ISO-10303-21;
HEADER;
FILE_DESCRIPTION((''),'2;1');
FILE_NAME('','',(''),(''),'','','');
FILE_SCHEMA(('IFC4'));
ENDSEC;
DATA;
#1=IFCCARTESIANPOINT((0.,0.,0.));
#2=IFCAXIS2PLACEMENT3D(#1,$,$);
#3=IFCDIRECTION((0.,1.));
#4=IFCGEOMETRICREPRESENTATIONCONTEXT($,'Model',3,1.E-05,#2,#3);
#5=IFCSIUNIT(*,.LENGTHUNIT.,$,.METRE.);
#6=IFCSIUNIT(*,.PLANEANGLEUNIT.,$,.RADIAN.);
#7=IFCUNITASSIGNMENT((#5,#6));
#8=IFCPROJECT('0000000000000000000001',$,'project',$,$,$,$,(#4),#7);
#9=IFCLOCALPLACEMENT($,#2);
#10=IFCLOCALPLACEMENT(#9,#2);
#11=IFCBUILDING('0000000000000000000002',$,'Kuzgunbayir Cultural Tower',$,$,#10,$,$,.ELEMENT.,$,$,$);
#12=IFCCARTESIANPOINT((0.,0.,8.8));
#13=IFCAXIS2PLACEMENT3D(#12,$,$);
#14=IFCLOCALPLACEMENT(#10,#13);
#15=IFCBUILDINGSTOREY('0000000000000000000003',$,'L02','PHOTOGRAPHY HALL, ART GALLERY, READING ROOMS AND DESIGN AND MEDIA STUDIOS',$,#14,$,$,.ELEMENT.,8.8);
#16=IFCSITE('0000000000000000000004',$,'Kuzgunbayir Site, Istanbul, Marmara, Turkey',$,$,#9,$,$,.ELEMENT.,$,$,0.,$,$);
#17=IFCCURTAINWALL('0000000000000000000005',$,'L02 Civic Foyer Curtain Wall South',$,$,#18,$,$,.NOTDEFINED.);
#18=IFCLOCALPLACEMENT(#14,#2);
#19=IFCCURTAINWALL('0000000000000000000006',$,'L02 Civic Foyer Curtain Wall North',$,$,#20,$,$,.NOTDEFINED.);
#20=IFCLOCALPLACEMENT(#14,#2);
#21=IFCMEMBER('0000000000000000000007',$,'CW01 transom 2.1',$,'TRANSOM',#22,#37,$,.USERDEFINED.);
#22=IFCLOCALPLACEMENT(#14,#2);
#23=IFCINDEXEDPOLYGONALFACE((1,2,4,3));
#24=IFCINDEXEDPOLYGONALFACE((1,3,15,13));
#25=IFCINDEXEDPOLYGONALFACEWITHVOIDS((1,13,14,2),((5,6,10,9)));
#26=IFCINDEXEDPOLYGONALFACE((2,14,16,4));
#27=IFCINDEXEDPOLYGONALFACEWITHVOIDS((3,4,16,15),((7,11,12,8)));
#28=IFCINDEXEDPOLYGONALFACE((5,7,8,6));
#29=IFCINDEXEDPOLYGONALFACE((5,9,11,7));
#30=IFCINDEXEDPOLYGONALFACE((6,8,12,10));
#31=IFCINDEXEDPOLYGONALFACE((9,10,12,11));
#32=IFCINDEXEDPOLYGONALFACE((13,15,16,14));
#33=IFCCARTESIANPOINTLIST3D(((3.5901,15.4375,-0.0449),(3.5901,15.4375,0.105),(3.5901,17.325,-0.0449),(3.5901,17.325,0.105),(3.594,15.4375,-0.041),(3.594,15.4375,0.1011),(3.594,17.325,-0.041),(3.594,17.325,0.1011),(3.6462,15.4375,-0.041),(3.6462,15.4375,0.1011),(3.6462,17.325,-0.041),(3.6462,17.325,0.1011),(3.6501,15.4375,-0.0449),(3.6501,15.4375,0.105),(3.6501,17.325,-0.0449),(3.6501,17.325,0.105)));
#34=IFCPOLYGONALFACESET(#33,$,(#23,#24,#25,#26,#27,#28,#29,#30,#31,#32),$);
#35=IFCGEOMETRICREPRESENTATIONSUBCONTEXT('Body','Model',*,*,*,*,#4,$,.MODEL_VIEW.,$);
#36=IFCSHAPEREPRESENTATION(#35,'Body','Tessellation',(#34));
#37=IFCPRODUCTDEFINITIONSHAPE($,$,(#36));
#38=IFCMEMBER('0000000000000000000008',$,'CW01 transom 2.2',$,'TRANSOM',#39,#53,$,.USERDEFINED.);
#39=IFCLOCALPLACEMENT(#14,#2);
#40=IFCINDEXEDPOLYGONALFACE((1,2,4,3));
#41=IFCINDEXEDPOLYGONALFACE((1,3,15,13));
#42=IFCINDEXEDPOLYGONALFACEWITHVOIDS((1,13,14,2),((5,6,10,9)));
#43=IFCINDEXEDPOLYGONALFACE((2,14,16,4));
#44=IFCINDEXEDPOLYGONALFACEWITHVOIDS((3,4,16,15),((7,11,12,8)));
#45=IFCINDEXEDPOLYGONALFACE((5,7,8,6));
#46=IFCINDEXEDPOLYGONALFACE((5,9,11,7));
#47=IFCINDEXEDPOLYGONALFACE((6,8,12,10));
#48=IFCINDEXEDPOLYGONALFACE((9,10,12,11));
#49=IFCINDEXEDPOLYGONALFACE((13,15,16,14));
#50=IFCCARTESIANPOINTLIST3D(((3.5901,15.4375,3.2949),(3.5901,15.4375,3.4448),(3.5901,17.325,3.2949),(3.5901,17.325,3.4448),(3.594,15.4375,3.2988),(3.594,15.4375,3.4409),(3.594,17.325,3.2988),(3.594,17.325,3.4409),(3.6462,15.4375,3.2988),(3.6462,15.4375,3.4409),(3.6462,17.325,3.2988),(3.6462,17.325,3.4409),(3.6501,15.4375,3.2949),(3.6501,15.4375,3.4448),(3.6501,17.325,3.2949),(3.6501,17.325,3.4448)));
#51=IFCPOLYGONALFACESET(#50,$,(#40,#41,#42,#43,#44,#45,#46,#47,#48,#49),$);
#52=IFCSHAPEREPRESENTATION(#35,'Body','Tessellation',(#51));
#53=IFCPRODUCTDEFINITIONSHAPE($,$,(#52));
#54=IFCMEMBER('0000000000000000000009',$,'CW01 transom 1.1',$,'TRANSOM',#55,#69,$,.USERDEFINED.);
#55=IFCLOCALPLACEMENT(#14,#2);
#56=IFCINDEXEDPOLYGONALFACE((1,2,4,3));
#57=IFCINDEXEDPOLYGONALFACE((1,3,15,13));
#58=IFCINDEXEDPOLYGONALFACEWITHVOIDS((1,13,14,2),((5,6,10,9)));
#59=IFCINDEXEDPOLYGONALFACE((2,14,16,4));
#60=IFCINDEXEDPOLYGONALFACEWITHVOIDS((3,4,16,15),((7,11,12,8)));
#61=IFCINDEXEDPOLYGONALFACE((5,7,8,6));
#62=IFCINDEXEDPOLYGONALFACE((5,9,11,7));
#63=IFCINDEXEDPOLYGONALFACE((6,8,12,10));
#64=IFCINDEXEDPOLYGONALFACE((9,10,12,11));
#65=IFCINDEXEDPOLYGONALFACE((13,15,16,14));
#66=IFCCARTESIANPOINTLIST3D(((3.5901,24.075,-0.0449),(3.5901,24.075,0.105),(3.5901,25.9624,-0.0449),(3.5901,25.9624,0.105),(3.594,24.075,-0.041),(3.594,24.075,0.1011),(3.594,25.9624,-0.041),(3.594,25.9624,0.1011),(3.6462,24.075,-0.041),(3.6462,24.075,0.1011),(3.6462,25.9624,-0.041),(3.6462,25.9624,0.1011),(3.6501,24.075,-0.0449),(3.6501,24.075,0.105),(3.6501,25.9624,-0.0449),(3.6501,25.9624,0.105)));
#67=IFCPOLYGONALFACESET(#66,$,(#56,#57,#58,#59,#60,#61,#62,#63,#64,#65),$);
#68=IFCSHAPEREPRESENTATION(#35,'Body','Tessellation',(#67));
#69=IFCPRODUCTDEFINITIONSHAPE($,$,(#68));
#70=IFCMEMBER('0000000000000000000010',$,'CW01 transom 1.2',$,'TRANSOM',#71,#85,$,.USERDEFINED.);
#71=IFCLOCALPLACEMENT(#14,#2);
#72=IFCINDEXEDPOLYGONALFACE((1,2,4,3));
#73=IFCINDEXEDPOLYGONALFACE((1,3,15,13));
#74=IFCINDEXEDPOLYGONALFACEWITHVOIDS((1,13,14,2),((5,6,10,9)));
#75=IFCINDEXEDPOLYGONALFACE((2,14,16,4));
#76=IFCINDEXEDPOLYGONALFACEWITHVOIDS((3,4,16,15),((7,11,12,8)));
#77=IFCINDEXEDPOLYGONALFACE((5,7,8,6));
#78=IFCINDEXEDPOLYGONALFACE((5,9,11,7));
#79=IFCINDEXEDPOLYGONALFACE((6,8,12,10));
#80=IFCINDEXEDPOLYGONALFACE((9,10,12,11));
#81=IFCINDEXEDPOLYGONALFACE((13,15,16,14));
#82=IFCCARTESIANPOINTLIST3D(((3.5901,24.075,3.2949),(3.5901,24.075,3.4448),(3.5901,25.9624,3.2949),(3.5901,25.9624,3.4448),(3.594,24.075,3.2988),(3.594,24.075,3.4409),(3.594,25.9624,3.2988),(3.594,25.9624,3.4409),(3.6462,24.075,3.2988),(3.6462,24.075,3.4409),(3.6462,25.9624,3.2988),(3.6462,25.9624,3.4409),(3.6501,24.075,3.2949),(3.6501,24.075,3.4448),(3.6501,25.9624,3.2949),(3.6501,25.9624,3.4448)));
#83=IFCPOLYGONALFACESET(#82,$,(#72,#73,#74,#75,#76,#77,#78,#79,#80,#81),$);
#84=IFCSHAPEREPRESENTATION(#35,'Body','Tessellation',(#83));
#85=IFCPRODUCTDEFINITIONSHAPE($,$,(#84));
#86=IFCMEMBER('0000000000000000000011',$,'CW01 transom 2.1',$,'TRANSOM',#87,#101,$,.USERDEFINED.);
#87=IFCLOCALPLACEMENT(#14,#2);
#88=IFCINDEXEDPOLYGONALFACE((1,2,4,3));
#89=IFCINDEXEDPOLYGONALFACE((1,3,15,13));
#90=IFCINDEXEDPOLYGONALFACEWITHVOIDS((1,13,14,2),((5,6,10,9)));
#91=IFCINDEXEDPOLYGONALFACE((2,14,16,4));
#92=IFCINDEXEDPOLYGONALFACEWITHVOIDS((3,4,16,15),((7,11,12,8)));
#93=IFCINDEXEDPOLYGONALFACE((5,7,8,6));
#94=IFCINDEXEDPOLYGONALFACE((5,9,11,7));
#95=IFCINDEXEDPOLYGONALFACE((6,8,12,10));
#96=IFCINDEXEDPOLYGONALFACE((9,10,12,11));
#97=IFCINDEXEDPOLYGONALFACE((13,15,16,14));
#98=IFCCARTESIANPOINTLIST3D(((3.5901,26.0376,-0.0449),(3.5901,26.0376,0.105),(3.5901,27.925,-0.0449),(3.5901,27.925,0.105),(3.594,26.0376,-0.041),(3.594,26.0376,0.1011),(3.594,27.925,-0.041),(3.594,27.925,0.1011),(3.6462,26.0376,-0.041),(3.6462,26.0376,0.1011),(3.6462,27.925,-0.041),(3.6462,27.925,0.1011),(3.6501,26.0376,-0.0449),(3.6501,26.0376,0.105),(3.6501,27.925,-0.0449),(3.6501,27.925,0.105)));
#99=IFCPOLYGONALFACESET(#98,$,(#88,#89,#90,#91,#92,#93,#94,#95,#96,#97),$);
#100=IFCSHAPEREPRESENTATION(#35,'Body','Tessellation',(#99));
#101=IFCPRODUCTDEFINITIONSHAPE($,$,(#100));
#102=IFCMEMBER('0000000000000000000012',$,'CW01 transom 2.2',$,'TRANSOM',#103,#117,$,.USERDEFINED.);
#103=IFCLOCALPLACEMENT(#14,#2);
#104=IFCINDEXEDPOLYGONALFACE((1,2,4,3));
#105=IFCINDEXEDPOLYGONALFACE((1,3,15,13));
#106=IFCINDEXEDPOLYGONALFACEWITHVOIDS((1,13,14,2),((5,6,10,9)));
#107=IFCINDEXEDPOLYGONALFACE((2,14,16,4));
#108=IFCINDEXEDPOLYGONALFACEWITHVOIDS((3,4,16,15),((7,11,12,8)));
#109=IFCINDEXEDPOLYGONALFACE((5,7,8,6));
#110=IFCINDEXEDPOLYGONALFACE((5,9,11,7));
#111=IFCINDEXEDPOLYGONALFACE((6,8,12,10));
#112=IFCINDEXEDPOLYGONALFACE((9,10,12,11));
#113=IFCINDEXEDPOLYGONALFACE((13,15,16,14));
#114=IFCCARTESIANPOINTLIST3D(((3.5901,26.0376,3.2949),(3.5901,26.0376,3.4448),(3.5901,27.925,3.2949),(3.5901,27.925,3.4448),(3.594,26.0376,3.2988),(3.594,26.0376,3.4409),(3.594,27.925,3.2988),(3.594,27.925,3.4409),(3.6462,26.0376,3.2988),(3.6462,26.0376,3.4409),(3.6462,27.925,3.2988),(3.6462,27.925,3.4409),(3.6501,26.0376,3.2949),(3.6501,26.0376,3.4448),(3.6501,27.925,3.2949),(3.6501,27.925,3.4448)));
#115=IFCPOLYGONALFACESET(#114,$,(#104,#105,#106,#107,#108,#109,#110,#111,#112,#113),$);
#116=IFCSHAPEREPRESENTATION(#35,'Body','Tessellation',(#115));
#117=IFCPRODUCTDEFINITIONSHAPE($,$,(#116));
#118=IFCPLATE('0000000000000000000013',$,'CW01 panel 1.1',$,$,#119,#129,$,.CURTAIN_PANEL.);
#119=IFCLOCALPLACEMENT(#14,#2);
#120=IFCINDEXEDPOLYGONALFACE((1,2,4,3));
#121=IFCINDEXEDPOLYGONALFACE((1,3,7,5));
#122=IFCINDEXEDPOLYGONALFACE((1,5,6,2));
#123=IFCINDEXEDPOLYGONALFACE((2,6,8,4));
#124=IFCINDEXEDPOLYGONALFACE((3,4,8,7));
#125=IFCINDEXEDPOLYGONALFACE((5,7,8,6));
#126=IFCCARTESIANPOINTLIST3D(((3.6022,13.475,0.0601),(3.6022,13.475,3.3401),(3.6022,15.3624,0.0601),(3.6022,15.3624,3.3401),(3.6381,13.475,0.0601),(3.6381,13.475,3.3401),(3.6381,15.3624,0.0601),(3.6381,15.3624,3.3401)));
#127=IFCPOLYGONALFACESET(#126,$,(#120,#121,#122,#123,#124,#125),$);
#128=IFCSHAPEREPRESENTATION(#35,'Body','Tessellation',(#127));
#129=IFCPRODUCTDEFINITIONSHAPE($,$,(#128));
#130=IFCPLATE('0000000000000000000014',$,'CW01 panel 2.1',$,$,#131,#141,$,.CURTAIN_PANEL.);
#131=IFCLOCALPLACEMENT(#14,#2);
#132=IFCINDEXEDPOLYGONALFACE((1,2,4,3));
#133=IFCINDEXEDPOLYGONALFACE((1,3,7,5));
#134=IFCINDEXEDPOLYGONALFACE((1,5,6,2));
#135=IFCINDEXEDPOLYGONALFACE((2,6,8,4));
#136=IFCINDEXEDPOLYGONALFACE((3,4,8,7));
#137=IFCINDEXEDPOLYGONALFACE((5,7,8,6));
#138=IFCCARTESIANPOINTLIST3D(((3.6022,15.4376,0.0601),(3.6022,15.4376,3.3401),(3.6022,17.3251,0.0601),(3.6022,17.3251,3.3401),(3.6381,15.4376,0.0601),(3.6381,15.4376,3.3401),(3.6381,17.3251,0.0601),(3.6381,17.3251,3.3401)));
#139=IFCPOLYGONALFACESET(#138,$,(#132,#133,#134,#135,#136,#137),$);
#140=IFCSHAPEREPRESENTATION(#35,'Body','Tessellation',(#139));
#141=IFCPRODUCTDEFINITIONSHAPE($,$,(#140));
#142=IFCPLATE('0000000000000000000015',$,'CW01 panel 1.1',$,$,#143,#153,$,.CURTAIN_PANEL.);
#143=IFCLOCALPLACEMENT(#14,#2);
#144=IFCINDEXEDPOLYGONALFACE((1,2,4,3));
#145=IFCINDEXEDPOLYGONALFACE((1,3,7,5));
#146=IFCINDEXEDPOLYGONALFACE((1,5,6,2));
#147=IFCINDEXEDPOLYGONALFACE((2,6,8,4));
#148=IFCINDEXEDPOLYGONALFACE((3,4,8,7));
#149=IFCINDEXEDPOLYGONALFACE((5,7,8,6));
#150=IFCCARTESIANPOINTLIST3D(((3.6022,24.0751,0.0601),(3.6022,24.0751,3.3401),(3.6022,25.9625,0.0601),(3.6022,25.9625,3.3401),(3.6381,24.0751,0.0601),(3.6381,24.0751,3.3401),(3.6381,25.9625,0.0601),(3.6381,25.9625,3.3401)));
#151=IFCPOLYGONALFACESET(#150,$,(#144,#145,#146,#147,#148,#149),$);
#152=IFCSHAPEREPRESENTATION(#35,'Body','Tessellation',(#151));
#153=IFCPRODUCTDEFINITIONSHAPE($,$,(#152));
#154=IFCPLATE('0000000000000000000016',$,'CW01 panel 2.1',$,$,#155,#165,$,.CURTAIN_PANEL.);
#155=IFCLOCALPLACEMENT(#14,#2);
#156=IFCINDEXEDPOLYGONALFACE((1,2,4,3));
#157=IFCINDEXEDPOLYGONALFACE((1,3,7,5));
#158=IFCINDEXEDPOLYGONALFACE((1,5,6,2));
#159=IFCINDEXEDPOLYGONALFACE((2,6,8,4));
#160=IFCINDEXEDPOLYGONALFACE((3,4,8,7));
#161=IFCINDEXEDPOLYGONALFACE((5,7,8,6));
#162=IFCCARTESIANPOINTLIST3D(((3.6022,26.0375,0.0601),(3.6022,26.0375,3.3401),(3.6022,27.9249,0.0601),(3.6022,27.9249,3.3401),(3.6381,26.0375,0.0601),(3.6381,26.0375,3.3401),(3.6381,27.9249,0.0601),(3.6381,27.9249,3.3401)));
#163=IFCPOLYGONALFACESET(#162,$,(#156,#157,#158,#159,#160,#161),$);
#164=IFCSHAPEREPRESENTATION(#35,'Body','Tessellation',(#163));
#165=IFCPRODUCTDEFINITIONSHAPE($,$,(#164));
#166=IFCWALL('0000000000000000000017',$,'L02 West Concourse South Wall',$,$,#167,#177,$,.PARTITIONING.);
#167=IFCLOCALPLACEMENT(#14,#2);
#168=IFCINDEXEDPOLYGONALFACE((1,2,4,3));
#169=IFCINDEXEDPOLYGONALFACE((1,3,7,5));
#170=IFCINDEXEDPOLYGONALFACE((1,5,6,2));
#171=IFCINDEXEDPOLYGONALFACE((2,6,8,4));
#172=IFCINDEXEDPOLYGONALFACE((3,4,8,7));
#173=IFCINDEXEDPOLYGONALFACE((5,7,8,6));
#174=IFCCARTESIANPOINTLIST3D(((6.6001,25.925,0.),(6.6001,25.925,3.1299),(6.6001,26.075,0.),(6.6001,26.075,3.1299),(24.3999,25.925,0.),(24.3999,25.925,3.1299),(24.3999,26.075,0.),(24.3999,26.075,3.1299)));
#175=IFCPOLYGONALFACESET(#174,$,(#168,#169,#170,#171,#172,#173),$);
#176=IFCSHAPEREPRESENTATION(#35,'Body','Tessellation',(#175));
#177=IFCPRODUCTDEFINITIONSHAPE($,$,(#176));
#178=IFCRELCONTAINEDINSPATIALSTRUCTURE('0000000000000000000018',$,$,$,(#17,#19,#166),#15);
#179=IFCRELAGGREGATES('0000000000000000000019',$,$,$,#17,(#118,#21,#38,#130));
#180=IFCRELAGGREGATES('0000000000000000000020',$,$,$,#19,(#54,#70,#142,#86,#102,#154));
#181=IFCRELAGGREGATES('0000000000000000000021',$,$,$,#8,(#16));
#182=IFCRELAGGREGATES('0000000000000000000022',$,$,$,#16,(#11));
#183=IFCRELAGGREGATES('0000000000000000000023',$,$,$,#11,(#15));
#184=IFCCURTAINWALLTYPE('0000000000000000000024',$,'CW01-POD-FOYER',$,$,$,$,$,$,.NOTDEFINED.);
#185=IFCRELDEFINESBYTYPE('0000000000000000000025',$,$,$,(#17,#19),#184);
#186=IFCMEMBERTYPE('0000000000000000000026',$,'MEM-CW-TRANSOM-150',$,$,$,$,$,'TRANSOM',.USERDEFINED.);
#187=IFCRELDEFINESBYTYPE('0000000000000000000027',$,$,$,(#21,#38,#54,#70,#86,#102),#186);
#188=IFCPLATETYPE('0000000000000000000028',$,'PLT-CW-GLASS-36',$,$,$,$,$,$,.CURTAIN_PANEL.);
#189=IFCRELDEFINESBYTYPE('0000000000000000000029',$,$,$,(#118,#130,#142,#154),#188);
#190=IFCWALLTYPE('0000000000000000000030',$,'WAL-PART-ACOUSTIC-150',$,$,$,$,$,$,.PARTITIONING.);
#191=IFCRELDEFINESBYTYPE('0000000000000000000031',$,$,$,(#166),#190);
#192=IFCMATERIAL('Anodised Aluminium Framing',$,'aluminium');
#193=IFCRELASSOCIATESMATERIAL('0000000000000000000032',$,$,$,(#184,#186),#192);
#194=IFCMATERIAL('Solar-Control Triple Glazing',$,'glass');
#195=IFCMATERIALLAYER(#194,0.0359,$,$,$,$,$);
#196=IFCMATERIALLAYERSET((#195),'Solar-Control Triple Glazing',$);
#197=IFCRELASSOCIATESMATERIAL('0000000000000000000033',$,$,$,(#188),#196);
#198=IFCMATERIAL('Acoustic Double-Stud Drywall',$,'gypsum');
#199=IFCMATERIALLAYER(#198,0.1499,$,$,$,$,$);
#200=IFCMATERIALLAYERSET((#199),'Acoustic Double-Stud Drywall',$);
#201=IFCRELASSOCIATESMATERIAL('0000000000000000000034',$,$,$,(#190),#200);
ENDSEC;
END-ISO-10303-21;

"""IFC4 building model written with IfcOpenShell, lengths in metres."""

from ifc_helpers import new_model, si_unit, direction, frame, frame_2d, origin, origin_2d, place, context, subcontext, project, spatial, rectangle, hollow_rectangle, extrude, material, layer, layer_set, material_profile, profile_set, type_object, element, aggregate, save


model = new_model("IFC4")

# Units and contexts
model_context = context("Model", 3, precision=1e-05, world=origin(), true_north=direction((0.0, 1.0)))
body_context = subcontext(model_context, "Body", "Model", "MODEL_VIEW")
ifc_project = project(units=[si_unit("LENGTHUNIT", "METRE"), si_unit("PLANEANGLEUNIT", "RADIAN")], contexts=[model_context])

# Site, building, storey
site_placement = place(None, origin())
site = spatial("IfcSite", under=ifc_project, at=site_placement, Name="Kuzgunbayir Site, Istanbul, Marmara, Turkey", CompositionType="ELEMENT", RefElevation=0.0)
building_placement = place(site_placement, origin())
building = spatial("IfcBuilding", under=site, at=building_placement, Name="Kuzgunbayir Cultural Tower", CompositionType="ELEMENT")
storey_placement = place(building_placement, frame((0.0, 0.0, 8.8)))
storey = spatial("IfcBuildingStorey", under=building, at=storey_placement, Name="L02", Description="PHOTOGRAPHY HALL, ART GALLERY, READING ROOMS AND DESIGN AND MEDIA STUDIOS", CompositionType="ELEMENT", Elevation=8.8)

# Curtain walls
ifc_material_1 = material(Name="Anodised Aluminium Framing", Category="aluminium")
curtain_wall_type = type_object("IfcCurtainWallType", Name="CW01-POD-FOYER", PredefinedType="NOTDEFINED", material=ifc_material_1)
curtain_wall_1_placement = place(storey_placement, origin())
curtain_wall_1 = element("IfcCurtainWall", 1, at=curtain_wall_1_placement, inside=storey, type_object=curtain_wall_type, Name="L02 Civic Foyer Curtain Wall South", PredefinedType="NOTDEFINED")
curtain_wall_2_placement = place(storey_placement, origin())
curtain_wall_2 = element("IfcCurtainWall", 2, at=curtain_wall_2_placement, inside=storey, type_object=curtain_wall_type, Name="L02 Civic Foyer Curtain Wall North", PredefinedType="NOTDEFINED")

# Members
ifc_material_profile_1 = material_profile(ifc_material_1, hollow_rectangle(XDim=0.0601, YDim=0.1499, WallThickness=0.0039, at=origin_2d()), Name="RHS 150x60x4")
ifc_profile_set_1 = profile_set([ifc_material_profile_1], Name="Anodised Aluminium Framing")
member_type_1 = type_object("IfcMemberType", Name="MEM-CW-TRANSOM-150", ElementType="TRANSOM", PredefinedType="USERDEFINED", material=ifc_profile_set_1)
member_1_placement = place(storey_placement, frame((3.6201, 15.4375, 0.03), z_axis=(0.0, 1.0, 0.0), x_axis=(-1.0, 0.0, 0.0)))
member_1 = element("IfcMember", 3, at=member_1_placement, type_object=member_type_1, Name="CW01 transom 2.1", ObjectType="TRANSOM", PredefinedType="USERDEFINED", context=body_context, shape_type="SweptSolid", body=[
    extrude(hollow_rectangle(XDim=0.0601, YDim=0.1499, WallThickness=0.0039, at=origin_2d()), origin(), (0.0, 0.0, 1.0), 1.8875),
])
member_2_placement = place(storey_placement, frame((3.6201, 15.4375, 3.3699), z_axis=(0.0, 1.0, 0.0), x_axis=(-1.0, 0.0, 0.0)))
member_2 = element("IfcMember", 4, at=member_2_placement, type_object=member_type_1, Name="CW01 transom 2.2", ObjectType="TRANSOM", PredefinedType="USERDEFINED", context=body_context, shape_type="SweptSolid", body=[
    extrude(hollow_rectangle(XDim=0.0601, YDim=0.1499, WallThickness=0.0039, at=origin_2d()), origin(), (0.0, 0.0, 1.0), 1.8875),
])
member_3_placement = place(storey_placement, frame((3.6201, 24.075, 0.03), z_axis=(0.0, 1.0, 0.0), x_axis=(-1.0, 0.0, 0.0)))
member_3 = element("IfcMember", 5, at=member_3_placement, type_object=member_type_1, Name="CW01 transom 1.1", ObjectType="TRANSOM", PredefinedType="USERDEFINED", context=body_context, shape_type="SweptSolid", body=[
    extrude(hollow_rectangle(XDim=0.0601, YDim=0.1499, WallThickness=0.0039, at=origin_2d()), origin(), (0.0, 0.0, 1.0), 1.8875),
])
member_4_placement = place(storey_placement, frame((3.6201, 24.075, 3.3699), z_axis=(0.0, 1.0, 0.0), x_axis=(-1.0, 0.0, 0.0)))
member_4 = element("IfcMember", 6, at=member_4_placement, type_object=member_type_1, Name="CW01 transom 1.2", ObjectType="TRANSOM", PredefinedType="USERDEFINED", context=body_context, shape_type="SweptSolid", body=[
    extrude(hollow_rectangle(XDim=0.0601, YDim=0.1499, WallThickness=0.0039, at=origin_2d()), origin(), (0.0, 0.0, 1.0), 1.8875),
])
member_5_placement = place(storey_placement, frame((3.6201, 26.0376, 0.03), z_axis=(0.0, 1.0, 0.0), x_axis=(-1.0, 0.0, 0.0)))
member_5 = element("IfcMember", 7, at=member_5_placement, type_object=member_type_1, Name="CW01 transom 2.1", ObjectType="TRANSOM", PredefinedType="USERDEFINED", context=body_context, shape_type="SweptSolid", body=[
    extrude(hollow_rectangle(XDim=0.0601, YDim=0.1499, WallThickness=0.0039, at=origin_2d()), origin(), (0.0, 0.0, 1.0), 1.8875),
])
member_6_placement = place(storey_placement, frame((3.6201, 26.0376, 3.3699), z_axis=(0.0, 1.0, 0.0), x_axis=(-1.0, 0.0, 0.0)))
member_6 = element("IfcMember", 8, at=member_6_placement, type_object=member_type_1, Name="CW01 transom 2.2", ObjectType="TRANSOM", PredefinedType="USERDEFINED", context=body_context, shape_type="SweptSolid", body=[
    extrude(hollow_rectangle(XDim=0.0601, YDim=0.1499, WallThickness=0.0039, at=origin_2d()), origin(), (0.0, 0.0, 1.0), 1.8875),
])

# Plates
ifc_material_2 = material(Name="Solar-Control Triple Glazing", Category="glass")
ifc_layer_1 = layer(ifc_material_2, 0.0359)
ifc_layer_set_1 = layer_set([ifc_layer_1], Name="Solar-Control Triple Glazing")
plate_type = type_object("IfcPlateType", Name="PLT-CW-GLASS-36", PredefinedType="CURTAIN_PANEL", material=ifc_layer_set_1)
plate_1_placement = place(storey_placement, frame((3.6201, 14.4187, 0.0601), z_axis=(0.0, 0.0, 1.0), x_axis=(0.0, 1.0, 0.0)))
plate_1 = element("IfcPlate", 9, at=plate_1_placement, type_object=plate_type, Name="CW01 panel 1.1", PredefinedType="CURTAIN_PANEL", context=body_context, shape_type="SweptSolid", body=[
    extrude(rectangle(XDim=1.8875, YDim=0.0359, at=origin_2d()), origin(), (0.0, 0.0, 1.0), 3.28),
])
plate_2_placement = place(storey_placement, frame((3.6201, 16.3813, 0.0601), z_axis=(0.0, 0.0, 1.0), x_axis=(0.0, 1.0, 0.0)))
plate_2 = element("IfcPlate", 10, at=plate_2_placement, type_object=plate_type, Name="CW01 panel 2.1", PredefinedType="CURTAIN_PANEL", context=body_context, shape_type="SweptSolid", body=[
    extrude(rectangle(XDim=1.8875, YDim=0.0359, at=origin_2d()), origin(), (0.0, 0.0, 1.0), 3.28),
])
aggregate(curtain_wall_1, [plate_1, member_1, member_2, plate_2])
plate_3_placement = place(storey_placement, frame((3.6201, 25.0188, 0.0601), z_axis=(0.0, 0.0, 1.0), x_axis=(0.0, 1.0, 0.0)))
plate_3 = element("IfcPlate", 11, at=plate_3_placement, type_object=plate_type, Name="CW01 panel 1.1", PredefinedType="CURTAIN_PANEL", context=body_context, shape_type="SweptSolid", body=[
    extrude(rectangle(XDim=1.8875, YDim=0.0359, at=origin_2d()), origin(), (0.0, 0.0, 1.0), 3.28),
])
plate_4_placement = place(storey_placement, frame((3.6201, 26.9812, 0.0601), z_axis=(0.0, 0.0, 1.0), x_axis=(0.0, 1.0, 0.0)))
plate_4 = element("IfcPlate", 12, at=plate_4_placement, type_object=plate_type, Name="CW01 panel 2.1", PredefinedType="CURTAIN_PANEL", context=body_context, shape_type="SweptSolid", body=[
    extrude(rectangle(XDim=1.8875, YDim=0.0359, at=origin_2d()), origin(), (0.0, 0.0, 1.0), 3.28),
])
aggregate(curtain_wall_2, [member_3, member_4, plate_3, member_5, member_6, plate_4])

# Wall
ifc_material_3 = material(Name="Acoustic Double-Stud Drywall", Category="gypsum")
ifc_layer_2 = layer(ifc_material_3, 0.1499)
ifc_layer_set_2 = layer_set([ifc_layer_2], Name="Acoustic Double-Stud Drywall")
wall_type_1 = type_object("IfcWallType", Name="WAL-PART-ACOUSTIC-150", PredefinedType="PARTITIONING", material=ifc_layer_set_2)
wall_1_placement = place(storey_placement, frame((6.6001, 26.0, 0.0), z_axis=(0.0, 0.0, 1.0), x_axis=(1.0, 0.0, 0.0)))
element("IfcWall", 13, at=wall_1_placement, inside=storey, type_object=wall_type_1, Name="L02 West Concourse South Wall", PredefinedType="PARTITIONING", context=body_context, shape_type="SweptSolid", body=[
    extrude(rectangle(XDim=17.7998, YDim=0.1499, at=frame_2d((8.8999, 0.0))), origin(), (0.0, 0.0, 1.0), 3.1299),
])

save(model, "model.ifc")
